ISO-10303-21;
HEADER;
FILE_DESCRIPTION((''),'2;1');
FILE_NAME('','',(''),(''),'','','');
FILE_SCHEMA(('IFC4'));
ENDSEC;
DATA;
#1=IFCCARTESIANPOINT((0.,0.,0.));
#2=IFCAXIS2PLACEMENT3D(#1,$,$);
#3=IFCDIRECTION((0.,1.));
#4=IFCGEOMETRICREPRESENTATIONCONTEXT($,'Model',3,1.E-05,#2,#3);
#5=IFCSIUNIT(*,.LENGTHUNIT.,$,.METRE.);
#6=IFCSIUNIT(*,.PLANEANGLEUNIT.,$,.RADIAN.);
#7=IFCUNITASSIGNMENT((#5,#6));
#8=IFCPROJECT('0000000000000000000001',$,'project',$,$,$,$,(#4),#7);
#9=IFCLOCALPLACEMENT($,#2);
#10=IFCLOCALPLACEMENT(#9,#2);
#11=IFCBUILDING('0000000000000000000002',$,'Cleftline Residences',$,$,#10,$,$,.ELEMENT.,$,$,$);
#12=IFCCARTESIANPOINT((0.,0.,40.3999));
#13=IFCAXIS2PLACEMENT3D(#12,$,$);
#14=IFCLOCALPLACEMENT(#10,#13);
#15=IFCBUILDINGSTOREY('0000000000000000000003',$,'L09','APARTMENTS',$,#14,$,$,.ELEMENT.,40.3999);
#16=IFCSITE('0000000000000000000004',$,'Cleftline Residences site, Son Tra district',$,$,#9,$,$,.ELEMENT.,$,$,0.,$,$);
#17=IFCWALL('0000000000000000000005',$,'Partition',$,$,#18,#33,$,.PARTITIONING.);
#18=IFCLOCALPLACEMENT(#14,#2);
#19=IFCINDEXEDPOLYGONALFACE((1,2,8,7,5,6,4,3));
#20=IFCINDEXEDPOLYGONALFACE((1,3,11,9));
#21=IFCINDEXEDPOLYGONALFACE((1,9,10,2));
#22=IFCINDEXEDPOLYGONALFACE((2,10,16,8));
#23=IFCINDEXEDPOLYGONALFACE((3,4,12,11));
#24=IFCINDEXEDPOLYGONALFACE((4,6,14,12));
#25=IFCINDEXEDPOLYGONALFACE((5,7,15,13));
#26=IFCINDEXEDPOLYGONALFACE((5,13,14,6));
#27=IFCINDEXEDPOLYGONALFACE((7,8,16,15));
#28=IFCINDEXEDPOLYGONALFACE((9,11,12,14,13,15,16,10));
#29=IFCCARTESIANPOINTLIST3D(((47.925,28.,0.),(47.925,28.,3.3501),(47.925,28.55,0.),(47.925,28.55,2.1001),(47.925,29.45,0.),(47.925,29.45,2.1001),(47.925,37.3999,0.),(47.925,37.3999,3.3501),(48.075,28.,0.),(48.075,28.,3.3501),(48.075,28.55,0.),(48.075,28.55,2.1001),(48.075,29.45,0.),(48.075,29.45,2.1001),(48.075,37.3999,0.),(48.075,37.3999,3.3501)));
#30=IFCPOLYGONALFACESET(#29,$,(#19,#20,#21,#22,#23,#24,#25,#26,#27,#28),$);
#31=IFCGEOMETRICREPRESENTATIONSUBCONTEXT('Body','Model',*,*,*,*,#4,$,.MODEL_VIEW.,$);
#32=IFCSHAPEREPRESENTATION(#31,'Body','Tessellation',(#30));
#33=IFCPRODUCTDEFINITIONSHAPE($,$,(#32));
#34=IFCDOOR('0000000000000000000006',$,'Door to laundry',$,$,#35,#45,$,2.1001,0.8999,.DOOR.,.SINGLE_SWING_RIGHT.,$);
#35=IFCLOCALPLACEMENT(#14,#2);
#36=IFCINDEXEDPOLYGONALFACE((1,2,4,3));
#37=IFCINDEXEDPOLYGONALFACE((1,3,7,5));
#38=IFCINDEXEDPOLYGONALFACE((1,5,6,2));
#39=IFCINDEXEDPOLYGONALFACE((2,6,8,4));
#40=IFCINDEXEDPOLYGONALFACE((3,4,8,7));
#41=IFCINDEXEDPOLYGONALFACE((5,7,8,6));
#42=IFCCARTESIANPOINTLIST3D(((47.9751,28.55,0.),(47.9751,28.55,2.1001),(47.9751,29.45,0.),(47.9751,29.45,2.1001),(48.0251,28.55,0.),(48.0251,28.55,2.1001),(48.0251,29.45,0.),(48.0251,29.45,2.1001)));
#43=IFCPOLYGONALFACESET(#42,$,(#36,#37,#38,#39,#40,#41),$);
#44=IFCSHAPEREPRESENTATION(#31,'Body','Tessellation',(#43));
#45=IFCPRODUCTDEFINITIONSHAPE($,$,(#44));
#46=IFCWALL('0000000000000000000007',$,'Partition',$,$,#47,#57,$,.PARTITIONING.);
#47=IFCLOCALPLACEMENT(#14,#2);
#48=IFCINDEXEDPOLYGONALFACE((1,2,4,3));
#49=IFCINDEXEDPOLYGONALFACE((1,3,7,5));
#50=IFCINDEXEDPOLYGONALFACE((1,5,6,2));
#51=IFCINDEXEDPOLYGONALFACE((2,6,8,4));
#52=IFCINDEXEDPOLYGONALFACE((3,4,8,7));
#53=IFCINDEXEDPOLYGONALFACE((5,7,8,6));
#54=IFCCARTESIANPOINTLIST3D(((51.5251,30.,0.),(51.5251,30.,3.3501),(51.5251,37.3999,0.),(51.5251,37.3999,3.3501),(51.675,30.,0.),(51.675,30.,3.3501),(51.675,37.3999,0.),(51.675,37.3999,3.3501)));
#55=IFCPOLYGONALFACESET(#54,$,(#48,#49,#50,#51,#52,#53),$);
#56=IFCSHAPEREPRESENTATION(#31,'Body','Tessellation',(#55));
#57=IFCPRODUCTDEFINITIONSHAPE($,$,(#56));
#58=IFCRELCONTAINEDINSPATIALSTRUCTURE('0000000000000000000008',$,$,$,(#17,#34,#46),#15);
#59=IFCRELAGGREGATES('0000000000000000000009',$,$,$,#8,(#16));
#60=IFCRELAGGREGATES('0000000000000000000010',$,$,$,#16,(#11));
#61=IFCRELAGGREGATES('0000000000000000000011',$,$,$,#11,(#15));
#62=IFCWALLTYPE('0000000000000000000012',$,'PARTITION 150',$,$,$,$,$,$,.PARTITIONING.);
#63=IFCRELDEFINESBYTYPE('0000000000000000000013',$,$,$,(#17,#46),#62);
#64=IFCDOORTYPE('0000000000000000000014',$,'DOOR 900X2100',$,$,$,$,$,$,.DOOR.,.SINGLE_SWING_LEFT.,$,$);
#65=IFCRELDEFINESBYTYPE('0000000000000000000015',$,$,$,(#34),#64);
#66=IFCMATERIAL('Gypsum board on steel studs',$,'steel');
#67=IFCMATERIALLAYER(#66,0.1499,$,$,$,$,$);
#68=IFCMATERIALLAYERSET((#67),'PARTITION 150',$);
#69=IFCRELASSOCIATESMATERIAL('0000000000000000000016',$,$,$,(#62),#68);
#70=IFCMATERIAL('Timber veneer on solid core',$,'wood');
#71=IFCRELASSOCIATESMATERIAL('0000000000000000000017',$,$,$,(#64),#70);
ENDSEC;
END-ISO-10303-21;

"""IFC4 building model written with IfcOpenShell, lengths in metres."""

from ifc_helpers import new_model, si_unit, direction, frame, frame_2d, origin, place, context, subcontext, project, spatial, rectangle, extrude, material, layer, layer_set, type_object, element, fill, save


model = new_model("IFC4")

# Units and contexts
model_context = context("Model", 3, precision=1e-05, world=origin(), true_north=direction((0.0, 1.0)))
body_context = subcontext(model_context, "Body", "Model", "MODEL_VIEW")
ifc_project = project(units=[si_unit("LENGTHUNIT", "METRE"), si_unit("PLANEANGLEUNIT", "RADIAN")], contexts=[model_context])

# Site, building, storey
site_placement = place(None, origin())
site = spatial("IfcSite", under=ifc_project, at=site_placement, Name="Cleftline Residences site, Son Tra district", CompositionType="ELEMENT", RefElevation=0.0)
building_placement = place(site_placement, origin())
building = spatial("IfcBuilding", under=site, at=building_placement, Name="Cleftline Residences", CompositionType="ELEMENT")
storey_placement = place(building_placement, frame((0.0, 0.0, 40.3999)))
storey = spatial("IfcBuildingStorey", under=building, at=storey_placement, Name="L09", Description="APARTMENTS", CompositionType="ELEMENT", Elevation=40.3999)

# Shared definitions
ifc_material_1 = material(Name="Gypsum board on steel studs", Category="steel")
ifc_layer_1 = layer(ifc_material_1, 0.1499)
ifc_layer_set_1 = layer_set([ifc_layer_1], Name="PARTITION 150")
wall_type_1 = type_object("IfcWallType", Name="PARTITION 150", PredefinedType="PARTITIONING", material=ifc_layer_set_1)

# Shared definitions
ifc_material_2 = material(Name="Timber veneer on solid core", Category="wood")
door_type_1 = type_object("IfcDoorType", Name="DOOR 900X2100", OperationType="SINGLE_SWING_LEFT", PredefinedType="DOOR", material=ifc_material_2)

# Wall, opening, door
wall_1_placement = place(storey_placement, frame((48.0, 28.0, 0.0), z_axis=(0.0, 0.0, 1.0), x_axis=(0.0, 1.0, 0.0)))
wall_1 = element("IfcWall", 1, at=wall_1_placement, inside=storey, type_object=wall_type_1, Name="Partition", PredefinedType="PARTITIONING", context=body_context, shape_type="SweptSolid", body=[
    extrude(rectangle(XDim=9.3999, YDim=0.1499, at=frame_2d((4.7, 0.0))), origin(), (0.0, 0.0, 1.0), 3.3501),
])
opening_1_placement = place(wall_1_placement, frame((0.55, 0.0, 0.0)))
opening_1 = element("IfcOpeningElement", 2, at=opening_1_placement, cuts=wall_1, PredefinedType="OPENING", context=body_context, shape_type="SweptSolid", body=[
    extrude(rectangle(XDim=0.8999, YDim=2.1001, at=frame_2d((0.45, 1.05))), frame((0.0, 0.085, 0.0), z_axis=(0.0, -1.0, 0.0), x_axis=(1.0, 0.0, 0.0)), (0.0, 0.0, 1.0), 0.1699),
])
door_1_placement = place(opening_1_placement, origin())
door_1 = element("IfcDoor", 3, at=door_1_placement, inside=storey, type_object=door_type_1, Name="Door to laundry", OperationType="SINGLE_SWING_RIGHT", OverallHeight=2.1001, OverallWidth=0.8999, PredefinedType="DOOR", context=body_context, shape_type="SweptSolid", body=[
    extrude(rectangle(XDim=0.8999, YDim=2.1001, at=frame_2d((0.45, 1.05))), frame((0.0, 0.0249, 0.0), z_axis=(0.0, -1.0, 0.0), x_axis=(1.0, 0.0, 0.0)), (0.0, 0.0, 1.0), 0.05),
])
fill(opening_1, door_1)

# Wall
wall_2_placement = place(storey_placement, frame((51.6001, 30.0, 0.0), z_axis=(0.0, 0.0, 1.0), x_axis=(0.0, 1.0, 0.0)))
element("IfcWall", 4, at=wall_2_placement, inside=storey, type_object=wall_type_1, Name="Partition", PredefinedType="PARTITIONING", context=body_context, shape_type="SweptSolid", body=[
    extrude(rectangle(XDim=7.3999, YDim=0.1499, at=frame_2d((3.7, 0.0))), origin(), (0.0, 0.0, 1.0), 3.3501),
])

save(model, "model.ifc")
